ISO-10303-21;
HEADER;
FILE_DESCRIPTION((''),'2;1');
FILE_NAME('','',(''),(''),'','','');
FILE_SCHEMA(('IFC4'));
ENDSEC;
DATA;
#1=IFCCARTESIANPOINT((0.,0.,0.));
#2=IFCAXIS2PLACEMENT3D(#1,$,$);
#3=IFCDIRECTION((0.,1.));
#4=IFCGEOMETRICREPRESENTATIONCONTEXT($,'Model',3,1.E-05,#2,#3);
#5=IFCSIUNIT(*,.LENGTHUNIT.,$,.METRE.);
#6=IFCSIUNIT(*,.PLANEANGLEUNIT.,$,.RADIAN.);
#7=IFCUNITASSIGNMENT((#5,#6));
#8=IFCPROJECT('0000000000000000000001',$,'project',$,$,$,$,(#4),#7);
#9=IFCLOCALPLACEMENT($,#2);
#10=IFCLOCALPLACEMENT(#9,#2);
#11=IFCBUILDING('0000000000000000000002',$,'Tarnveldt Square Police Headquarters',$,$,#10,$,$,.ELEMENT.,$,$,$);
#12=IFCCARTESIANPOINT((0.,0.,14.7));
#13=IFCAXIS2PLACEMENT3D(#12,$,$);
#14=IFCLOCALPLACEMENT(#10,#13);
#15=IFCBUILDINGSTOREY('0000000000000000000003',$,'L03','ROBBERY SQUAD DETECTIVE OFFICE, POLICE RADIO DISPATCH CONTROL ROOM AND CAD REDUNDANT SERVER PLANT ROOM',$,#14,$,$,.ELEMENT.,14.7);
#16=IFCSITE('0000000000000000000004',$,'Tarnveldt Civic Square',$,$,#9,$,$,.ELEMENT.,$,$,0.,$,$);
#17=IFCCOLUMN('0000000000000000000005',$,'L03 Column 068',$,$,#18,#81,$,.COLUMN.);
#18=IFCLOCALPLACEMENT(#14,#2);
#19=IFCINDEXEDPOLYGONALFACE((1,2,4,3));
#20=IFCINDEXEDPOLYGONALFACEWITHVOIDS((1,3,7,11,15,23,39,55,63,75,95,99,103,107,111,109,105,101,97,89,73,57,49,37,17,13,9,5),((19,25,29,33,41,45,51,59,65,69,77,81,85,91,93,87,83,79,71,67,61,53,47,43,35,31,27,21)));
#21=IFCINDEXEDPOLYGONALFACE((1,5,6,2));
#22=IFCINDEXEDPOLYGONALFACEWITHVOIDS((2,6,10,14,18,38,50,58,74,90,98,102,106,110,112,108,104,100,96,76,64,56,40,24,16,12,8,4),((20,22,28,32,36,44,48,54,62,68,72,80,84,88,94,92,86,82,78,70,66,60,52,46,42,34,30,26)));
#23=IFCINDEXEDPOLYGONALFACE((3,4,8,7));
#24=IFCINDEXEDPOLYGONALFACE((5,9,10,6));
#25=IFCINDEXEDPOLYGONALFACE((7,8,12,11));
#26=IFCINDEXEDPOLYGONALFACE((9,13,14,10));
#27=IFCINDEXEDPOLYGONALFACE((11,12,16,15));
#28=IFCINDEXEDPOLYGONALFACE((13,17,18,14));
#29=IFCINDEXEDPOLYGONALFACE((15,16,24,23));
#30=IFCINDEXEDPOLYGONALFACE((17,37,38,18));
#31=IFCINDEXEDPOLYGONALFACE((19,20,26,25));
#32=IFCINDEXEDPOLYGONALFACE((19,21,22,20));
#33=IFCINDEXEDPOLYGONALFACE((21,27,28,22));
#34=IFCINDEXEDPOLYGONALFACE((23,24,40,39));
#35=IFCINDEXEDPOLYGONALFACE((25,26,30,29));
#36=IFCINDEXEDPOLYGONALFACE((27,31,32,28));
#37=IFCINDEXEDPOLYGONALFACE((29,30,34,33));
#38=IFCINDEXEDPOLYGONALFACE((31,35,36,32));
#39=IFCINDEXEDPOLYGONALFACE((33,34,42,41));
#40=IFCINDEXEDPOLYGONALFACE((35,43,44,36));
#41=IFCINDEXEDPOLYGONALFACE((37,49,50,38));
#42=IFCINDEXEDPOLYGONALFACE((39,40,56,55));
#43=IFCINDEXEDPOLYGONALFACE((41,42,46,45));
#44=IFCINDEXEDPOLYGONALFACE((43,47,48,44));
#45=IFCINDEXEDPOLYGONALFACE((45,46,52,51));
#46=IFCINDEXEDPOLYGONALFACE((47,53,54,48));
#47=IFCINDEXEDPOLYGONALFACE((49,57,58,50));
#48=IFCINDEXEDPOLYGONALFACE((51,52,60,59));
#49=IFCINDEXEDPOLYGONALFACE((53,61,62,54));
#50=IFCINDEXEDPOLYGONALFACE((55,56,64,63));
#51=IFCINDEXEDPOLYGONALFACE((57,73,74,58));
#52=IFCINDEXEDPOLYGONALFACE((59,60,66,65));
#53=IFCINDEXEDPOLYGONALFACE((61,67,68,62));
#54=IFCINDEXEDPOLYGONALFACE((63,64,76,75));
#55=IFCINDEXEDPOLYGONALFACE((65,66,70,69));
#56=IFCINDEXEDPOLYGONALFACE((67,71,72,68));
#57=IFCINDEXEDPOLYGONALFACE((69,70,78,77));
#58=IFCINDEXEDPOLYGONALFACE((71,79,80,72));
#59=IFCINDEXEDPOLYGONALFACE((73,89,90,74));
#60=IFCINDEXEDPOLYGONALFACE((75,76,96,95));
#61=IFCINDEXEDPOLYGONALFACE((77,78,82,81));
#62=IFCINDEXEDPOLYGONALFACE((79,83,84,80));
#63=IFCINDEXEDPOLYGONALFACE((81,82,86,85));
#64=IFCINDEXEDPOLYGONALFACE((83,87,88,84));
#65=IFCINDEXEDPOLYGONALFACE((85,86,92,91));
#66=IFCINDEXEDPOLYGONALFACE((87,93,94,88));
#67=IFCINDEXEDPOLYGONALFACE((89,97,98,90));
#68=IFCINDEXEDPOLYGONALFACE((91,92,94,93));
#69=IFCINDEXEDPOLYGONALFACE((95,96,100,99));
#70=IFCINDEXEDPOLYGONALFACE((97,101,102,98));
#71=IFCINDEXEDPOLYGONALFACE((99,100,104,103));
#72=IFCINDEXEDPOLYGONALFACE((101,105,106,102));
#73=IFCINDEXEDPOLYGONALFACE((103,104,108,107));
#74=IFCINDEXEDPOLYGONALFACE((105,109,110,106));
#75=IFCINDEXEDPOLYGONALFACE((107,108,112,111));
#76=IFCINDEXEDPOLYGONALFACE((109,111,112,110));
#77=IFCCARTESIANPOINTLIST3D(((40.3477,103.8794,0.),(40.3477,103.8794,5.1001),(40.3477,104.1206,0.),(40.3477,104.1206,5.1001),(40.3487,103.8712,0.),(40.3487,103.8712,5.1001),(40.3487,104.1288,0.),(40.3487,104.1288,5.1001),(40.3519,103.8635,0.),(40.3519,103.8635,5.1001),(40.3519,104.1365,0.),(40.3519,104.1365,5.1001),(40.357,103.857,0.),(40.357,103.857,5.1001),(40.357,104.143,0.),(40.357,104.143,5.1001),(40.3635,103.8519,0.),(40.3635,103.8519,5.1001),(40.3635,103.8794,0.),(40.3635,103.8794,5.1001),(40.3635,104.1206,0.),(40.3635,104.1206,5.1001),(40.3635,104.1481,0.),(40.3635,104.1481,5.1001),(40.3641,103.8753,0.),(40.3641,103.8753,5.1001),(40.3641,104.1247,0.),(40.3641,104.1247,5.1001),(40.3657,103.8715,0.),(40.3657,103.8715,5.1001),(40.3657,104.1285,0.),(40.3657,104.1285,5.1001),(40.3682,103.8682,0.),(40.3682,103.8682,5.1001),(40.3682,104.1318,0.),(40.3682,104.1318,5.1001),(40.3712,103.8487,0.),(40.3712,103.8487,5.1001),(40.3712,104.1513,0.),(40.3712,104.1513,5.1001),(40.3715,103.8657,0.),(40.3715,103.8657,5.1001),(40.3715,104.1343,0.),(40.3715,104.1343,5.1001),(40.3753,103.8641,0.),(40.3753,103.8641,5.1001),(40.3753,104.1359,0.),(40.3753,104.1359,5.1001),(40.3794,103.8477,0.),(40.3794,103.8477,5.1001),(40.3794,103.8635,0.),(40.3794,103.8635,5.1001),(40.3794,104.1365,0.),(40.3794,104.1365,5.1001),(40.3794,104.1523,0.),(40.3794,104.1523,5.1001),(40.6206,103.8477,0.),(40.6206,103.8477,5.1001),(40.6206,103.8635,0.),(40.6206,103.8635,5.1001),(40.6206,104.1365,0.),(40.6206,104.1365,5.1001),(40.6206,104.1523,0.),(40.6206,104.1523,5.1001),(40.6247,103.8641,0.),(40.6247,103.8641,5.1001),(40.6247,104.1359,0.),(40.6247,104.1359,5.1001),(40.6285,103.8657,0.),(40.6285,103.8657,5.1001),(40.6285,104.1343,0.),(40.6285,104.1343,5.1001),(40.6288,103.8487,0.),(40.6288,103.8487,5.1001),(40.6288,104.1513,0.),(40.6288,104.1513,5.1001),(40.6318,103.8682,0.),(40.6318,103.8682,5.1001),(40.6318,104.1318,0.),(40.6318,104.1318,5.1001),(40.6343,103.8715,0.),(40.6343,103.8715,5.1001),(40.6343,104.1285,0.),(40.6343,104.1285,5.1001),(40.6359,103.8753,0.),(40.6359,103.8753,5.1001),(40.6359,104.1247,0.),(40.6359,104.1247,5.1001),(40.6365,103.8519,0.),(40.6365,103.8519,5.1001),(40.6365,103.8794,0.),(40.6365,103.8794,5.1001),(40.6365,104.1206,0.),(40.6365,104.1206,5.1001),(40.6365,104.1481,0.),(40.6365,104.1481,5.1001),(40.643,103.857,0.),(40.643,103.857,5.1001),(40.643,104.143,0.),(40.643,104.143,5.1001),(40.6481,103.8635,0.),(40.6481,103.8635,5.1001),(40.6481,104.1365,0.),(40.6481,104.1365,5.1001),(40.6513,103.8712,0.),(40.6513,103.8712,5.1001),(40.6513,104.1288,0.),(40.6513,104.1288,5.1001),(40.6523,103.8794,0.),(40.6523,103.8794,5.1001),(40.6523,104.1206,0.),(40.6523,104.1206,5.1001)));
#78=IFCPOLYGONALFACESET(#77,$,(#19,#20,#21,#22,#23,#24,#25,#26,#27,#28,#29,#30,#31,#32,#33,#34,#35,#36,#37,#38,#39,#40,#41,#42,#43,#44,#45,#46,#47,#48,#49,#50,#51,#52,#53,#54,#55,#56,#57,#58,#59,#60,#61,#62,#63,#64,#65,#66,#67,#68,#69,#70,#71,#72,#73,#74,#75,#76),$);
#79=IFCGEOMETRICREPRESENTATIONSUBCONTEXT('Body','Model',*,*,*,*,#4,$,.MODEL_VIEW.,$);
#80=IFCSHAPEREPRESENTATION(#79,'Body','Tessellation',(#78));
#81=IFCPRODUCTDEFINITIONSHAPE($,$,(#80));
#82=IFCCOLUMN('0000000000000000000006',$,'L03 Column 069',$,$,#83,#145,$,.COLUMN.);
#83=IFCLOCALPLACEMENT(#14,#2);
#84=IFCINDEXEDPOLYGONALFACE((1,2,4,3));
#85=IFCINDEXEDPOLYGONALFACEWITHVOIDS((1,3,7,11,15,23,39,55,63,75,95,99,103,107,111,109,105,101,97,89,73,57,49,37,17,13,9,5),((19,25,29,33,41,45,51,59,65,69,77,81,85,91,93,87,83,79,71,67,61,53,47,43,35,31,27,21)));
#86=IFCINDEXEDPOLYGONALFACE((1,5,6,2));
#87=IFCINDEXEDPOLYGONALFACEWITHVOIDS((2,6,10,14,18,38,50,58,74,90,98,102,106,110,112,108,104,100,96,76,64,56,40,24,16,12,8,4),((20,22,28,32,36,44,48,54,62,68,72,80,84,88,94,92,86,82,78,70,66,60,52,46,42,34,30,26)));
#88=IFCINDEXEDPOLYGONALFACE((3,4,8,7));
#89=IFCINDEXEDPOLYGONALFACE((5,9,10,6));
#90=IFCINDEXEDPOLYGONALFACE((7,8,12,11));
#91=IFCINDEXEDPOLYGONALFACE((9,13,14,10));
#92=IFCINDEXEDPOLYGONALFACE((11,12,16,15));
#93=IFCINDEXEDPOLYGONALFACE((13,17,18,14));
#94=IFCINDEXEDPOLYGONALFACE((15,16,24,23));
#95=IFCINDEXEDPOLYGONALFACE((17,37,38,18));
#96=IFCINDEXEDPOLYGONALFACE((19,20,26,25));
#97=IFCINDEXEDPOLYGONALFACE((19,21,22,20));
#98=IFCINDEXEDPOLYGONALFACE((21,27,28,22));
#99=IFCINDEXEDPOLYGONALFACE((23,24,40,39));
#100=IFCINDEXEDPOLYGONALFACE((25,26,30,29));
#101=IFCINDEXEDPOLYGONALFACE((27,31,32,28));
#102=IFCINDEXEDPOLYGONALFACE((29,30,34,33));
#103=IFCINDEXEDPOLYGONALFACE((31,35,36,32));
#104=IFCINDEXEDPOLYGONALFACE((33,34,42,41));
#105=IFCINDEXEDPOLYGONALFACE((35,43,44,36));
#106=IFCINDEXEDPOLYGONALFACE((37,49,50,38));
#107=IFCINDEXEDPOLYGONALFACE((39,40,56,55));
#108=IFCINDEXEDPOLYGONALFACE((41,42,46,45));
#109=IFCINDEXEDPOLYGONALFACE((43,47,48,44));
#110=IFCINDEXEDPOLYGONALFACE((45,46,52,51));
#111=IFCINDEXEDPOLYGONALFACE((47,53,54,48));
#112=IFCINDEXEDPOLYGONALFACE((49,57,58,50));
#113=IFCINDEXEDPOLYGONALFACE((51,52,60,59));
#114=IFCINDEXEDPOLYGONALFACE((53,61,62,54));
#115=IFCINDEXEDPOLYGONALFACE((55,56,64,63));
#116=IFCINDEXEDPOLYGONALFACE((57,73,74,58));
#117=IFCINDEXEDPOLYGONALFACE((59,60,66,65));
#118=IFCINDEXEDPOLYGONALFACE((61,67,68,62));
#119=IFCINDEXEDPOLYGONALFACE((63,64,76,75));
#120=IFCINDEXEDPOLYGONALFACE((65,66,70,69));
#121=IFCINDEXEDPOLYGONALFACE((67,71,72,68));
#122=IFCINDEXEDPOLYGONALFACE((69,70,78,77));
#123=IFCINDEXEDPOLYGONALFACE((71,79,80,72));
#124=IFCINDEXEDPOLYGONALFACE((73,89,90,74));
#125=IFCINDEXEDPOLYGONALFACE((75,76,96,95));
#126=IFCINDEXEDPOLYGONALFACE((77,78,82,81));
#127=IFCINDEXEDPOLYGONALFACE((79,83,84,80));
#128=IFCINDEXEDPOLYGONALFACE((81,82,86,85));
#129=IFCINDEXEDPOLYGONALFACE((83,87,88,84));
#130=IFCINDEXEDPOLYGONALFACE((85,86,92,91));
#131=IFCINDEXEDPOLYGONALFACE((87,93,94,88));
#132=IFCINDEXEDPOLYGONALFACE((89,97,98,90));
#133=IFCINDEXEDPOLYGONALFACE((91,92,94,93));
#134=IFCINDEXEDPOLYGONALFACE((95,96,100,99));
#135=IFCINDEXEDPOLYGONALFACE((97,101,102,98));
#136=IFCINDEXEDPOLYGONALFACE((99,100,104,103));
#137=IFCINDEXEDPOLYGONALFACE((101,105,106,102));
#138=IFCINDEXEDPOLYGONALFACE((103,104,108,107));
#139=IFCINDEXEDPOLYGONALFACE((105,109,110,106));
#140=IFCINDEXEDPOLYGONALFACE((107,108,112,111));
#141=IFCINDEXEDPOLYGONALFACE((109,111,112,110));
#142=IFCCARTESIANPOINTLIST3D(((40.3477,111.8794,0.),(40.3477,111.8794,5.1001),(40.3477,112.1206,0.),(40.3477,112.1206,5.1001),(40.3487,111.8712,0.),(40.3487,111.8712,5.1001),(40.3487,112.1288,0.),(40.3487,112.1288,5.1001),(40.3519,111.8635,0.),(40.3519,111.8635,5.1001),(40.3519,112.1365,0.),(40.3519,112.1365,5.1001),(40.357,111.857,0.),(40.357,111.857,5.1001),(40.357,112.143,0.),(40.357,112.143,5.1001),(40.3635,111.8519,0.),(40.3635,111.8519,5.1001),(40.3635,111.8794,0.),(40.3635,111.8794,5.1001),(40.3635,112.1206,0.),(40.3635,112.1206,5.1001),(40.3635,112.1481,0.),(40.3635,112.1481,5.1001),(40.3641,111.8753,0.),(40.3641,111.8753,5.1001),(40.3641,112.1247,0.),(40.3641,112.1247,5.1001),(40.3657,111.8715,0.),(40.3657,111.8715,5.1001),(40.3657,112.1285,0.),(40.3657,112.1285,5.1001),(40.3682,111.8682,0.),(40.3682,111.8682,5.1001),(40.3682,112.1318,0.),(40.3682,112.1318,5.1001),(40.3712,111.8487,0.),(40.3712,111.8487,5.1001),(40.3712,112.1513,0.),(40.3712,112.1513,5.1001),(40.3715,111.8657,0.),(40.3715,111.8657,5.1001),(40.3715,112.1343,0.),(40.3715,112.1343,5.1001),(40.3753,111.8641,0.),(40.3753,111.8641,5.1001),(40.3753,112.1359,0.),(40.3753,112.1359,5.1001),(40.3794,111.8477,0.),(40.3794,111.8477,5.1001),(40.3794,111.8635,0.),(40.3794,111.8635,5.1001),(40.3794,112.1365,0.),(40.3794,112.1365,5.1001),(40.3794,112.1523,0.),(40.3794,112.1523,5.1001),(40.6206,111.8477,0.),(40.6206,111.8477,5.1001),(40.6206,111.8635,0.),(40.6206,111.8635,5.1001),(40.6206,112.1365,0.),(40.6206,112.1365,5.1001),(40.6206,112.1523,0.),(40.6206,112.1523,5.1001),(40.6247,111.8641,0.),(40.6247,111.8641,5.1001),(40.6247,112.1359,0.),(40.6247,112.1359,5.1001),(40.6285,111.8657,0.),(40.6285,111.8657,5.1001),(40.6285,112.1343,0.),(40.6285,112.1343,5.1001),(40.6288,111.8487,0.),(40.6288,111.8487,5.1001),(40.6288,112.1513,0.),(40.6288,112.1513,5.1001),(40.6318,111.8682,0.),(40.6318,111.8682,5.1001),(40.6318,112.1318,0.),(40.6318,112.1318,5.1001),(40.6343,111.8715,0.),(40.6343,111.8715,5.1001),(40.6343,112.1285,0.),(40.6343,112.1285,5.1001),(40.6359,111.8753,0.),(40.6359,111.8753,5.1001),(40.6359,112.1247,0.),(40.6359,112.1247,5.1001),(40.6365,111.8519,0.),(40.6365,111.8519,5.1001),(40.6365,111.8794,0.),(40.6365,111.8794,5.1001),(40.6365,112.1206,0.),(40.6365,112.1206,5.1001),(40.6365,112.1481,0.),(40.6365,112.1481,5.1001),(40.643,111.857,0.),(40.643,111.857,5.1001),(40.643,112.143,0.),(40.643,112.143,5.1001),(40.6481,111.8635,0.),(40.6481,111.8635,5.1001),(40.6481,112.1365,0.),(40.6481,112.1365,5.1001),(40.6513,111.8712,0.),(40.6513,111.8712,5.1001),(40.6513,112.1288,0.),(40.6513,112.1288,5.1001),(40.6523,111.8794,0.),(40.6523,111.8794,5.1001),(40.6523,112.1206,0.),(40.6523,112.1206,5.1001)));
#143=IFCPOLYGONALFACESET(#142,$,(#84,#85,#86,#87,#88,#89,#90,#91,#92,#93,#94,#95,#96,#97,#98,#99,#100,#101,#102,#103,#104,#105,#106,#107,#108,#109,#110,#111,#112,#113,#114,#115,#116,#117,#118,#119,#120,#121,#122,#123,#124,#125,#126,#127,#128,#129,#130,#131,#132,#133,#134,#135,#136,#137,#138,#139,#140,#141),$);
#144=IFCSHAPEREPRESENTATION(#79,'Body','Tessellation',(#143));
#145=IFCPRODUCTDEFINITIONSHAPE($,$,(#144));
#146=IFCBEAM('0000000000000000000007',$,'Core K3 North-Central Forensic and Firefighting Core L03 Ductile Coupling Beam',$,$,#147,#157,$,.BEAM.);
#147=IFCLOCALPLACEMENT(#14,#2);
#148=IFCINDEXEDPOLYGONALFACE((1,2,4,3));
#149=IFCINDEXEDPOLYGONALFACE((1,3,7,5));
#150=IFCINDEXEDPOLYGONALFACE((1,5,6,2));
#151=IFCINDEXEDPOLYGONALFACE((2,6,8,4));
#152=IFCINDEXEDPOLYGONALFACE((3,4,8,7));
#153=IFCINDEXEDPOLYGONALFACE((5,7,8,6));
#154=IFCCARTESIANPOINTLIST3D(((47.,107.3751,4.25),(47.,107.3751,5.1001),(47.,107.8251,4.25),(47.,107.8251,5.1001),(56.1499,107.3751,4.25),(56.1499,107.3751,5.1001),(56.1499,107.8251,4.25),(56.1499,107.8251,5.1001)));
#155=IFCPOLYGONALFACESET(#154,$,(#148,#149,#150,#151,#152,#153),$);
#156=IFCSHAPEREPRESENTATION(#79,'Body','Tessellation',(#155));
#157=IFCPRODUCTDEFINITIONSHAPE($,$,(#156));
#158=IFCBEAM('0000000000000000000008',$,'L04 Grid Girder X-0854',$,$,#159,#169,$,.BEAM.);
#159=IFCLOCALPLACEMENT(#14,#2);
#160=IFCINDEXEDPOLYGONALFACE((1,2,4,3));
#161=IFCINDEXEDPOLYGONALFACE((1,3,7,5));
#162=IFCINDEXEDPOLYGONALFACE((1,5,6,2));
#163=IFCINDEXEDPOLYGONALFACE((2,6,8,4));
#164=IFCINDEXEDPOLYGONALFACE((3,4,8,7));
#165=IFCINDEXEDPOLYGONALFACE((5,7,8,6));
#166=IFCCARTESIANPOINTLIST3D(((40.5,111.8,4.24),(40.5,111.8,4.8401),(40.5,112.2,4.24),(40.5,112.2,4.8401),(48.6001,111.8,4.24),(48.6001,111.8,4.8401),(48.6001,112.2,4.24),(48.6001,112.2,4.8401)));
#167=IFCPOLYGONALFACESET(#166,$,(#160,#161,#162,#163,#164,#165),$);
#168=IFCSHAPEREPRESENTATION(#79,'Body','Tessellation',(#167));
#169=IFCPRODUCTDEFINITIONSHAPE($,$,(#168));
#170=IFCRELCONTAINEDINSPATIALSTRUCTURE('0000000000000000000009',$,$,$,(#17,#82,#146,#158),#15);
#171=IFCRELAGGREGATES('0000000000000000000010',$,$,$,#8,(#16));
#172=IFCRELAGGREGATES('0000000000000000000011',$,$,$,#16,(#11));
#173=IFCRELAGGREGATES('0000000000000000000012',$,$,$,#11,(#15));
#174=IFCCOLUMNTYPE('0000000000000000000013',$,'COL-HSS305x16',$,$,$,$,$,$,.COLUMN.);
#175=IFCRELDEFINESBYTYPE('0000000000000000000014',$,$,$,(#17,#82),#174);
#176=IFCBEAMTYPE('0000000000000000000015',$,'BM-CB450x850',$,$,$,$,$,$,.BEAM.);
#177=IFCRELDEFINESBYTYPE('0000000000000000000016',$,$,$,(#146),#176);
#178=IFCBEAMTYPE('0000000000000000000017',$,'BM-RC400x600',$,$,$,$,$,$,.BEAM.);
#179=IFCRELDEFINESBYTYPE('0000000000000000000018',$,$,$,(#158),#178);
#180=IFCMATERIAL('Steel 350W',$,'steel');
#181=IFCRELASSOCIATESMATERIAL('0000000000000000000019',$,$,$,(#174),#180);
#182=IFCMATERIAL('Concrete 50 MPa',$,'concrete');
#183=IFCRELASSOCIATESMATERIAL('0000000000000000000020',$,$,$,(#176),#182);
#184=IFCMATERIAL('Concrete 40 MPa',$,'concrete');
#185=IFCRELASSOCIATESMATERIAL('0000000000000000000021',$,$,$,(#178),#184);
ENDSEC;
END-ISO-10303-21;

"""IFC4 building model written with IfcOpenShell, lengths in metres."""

from ifc_helpers import new_model, si_unit, direction, frame, origin, origin_2d, place, context, subcontext, project, spatial, rectangle, hollow_rectangle, extrude, material, material_profile, profile_set, type_object, element, save


model = new_model("IFC4")

# Units and contexts
model_context = context("Model", 3, precision=1e-05, world=origin(), true_north=direction((0.0, 1.0)))
body_context = subcontext(model_context, "Body", "Model", "MODEL_VIEW")
ifc_project = project(units=[si_unit("LENGTHUNIT", "METRE"), si_unit("PLANEANGLEUNIT", "RADIAN")], contexts=[model_context])

# Site, building, storey
site_placement = place(None, origin())
site = spatial("IfcSite", under=ifc_project, at=site_placement, Name="Tarnveldt Civic Square", CompositionType="ELEMENT", RefElevation=0.0)
building_placement = place(site_placement, origin())
building = spatial("IfcBuilding", under=site, at=building_placement, Name="Tarnveldt Square Police Headquarters", CompositionType="ELEMENT")
storey_placement = place(building_placement, frame((0.0, 0.0, 14.7)))
storey = spatial("IfcBuildingStorey", under=building, at=storey_placement, Name="L03", Description="ROBBERY SQUAD DETECTIVE OFFICE, POLICE RADIO DISPATCH CONTROL ROOM AND CAD REDUNDANT SERVER PLANT ROOM", CompositionType="ELEMENT", Elevation=14.7)

# Columns
ifc_material_1 = material(Name="Steel 350W", Category="steel")
ifc_material_profile_1 = material_profile(ifc_material_1, hollow_rectangle(XDim=0.3047, YDim=0.3047, WallThickness=0.0159, InnerFilletRadius=0.0159, OuterFilletRadius=0.0317, at=origin_2d()), Name="HSS305x305x16")
ifc_profile_set_1 = profile_set([ifc_material_profile_1], Name="Steel 350W")
column_type = type_object("IfcColumnType", Name="COL-HSS305x16", PredefinedType="COLUMN", material=ifc_profile_set_1)
for number, where, z_axis, x_axis, name in (
    (1, (40.5, 104.0, 0.0), (0.0, 0.0, 1.0), (1.0, 0.0, 0.0), "L03 Column 068"),
    (2, (40.5, 112.0, 0.0), (0.0, 0.0, 1.0), (1.0, 0.0, 0.0), "L03 Column 069"),
):
    element("IfcColumn", number, at=place(storey_placement, frame(where, z_axis=z_axis, x_axis=x_axis)), inside=storey, type_object=column_type, Name=name, PredefinedType="COLUMN", context=body_context, shape_type="SweptSolid", body=[
        extrude(hollow_rectangle(XDim=0.3047, YDim=0.3047, WallThickness=0.0159, InnerFilletRadius=0.0159, OuterFilletRadius=0.0317, at=origin_2d()), origin(), (0.0, 0.0, 1.0), 5.1001),
    ])

# Beams
ifc_material_2 = material(Name="Concrete 50 MPa", Category="concrete")
ifc_material_profile_2 = material_profile(ifc_material_2, rectangle(XDim=0.45, YDim=0.8501, at=origin_2d()), Name="RC-CB450x850")
ifc_profile_set_2 = profile_set([ifc_material_profile_2], Name="Concrete 50 MPa")
beam_type_1 = type_object("IfcBeamType", Name="BM-CB450x850", PredefinedType="BEAM", material=ifc_profile_set_2)
beam_1_placement = place(storey_placement, frame((47.0, 107.6001, 4.675), z_axis=(1.0, 0.0, 0.0), x_axis=(0.0, 1.0, 0.0)))
element("IfcBeam", 3, at=beam_1_placement, inside=storey, type_object=beam_type_1, Name="Core K3 North-Central Forensic and Firefighting Core L03 Ductile Coupling Beam", PredefinedType="BEAM", context=body_context, shape_type="SweptSolid", body=[
    extrude(rectangle(XDim=0.45, YDim=0.8501, at=origin_2d()), origin(), (0.0, 0.0, 1.0), 9.1499),
])
ifc_material_3 = material(Name="Concrete 40 MPa", Category="concrete")
ifc_material_profile_3 = material_profile(ifc_material_3, rectangle(XDim=0.3999, YDim=0.6001, at=origin_2d()), Name="RC-B400x600")
ifc_profile_set_3 = profile_set([ifc_material_profile_3], Name="Concrete 40 MPa")
beam_type_2 = type_object("IfcBeamType", Name="BM-RC400x600", PredefinedType="BEAM", material=ifc_profile_set_3)
beam_2_placement = place(storey_placement, frame((40.5, 112.0, 4.54), z_axis=(1.0, 0.0, 0.0), x_axis=(0.0, 1.0, 0.0)))
element("IfcBeam", 4, at=beam_2_placement, inside=storey, type_object=beam_type_2, Name="L04 Grid Girder X-0854", PredefinedType="BEAM", context=body_context, shape_type="SweptSolid", body=[
    extrude(rectangle(XDim=0.3999, YDim=0.6001, at=origin_2d()), origin(), (0.0, 0.0, 1.0), 8.1001),
])

save(model, "model.ifc")
